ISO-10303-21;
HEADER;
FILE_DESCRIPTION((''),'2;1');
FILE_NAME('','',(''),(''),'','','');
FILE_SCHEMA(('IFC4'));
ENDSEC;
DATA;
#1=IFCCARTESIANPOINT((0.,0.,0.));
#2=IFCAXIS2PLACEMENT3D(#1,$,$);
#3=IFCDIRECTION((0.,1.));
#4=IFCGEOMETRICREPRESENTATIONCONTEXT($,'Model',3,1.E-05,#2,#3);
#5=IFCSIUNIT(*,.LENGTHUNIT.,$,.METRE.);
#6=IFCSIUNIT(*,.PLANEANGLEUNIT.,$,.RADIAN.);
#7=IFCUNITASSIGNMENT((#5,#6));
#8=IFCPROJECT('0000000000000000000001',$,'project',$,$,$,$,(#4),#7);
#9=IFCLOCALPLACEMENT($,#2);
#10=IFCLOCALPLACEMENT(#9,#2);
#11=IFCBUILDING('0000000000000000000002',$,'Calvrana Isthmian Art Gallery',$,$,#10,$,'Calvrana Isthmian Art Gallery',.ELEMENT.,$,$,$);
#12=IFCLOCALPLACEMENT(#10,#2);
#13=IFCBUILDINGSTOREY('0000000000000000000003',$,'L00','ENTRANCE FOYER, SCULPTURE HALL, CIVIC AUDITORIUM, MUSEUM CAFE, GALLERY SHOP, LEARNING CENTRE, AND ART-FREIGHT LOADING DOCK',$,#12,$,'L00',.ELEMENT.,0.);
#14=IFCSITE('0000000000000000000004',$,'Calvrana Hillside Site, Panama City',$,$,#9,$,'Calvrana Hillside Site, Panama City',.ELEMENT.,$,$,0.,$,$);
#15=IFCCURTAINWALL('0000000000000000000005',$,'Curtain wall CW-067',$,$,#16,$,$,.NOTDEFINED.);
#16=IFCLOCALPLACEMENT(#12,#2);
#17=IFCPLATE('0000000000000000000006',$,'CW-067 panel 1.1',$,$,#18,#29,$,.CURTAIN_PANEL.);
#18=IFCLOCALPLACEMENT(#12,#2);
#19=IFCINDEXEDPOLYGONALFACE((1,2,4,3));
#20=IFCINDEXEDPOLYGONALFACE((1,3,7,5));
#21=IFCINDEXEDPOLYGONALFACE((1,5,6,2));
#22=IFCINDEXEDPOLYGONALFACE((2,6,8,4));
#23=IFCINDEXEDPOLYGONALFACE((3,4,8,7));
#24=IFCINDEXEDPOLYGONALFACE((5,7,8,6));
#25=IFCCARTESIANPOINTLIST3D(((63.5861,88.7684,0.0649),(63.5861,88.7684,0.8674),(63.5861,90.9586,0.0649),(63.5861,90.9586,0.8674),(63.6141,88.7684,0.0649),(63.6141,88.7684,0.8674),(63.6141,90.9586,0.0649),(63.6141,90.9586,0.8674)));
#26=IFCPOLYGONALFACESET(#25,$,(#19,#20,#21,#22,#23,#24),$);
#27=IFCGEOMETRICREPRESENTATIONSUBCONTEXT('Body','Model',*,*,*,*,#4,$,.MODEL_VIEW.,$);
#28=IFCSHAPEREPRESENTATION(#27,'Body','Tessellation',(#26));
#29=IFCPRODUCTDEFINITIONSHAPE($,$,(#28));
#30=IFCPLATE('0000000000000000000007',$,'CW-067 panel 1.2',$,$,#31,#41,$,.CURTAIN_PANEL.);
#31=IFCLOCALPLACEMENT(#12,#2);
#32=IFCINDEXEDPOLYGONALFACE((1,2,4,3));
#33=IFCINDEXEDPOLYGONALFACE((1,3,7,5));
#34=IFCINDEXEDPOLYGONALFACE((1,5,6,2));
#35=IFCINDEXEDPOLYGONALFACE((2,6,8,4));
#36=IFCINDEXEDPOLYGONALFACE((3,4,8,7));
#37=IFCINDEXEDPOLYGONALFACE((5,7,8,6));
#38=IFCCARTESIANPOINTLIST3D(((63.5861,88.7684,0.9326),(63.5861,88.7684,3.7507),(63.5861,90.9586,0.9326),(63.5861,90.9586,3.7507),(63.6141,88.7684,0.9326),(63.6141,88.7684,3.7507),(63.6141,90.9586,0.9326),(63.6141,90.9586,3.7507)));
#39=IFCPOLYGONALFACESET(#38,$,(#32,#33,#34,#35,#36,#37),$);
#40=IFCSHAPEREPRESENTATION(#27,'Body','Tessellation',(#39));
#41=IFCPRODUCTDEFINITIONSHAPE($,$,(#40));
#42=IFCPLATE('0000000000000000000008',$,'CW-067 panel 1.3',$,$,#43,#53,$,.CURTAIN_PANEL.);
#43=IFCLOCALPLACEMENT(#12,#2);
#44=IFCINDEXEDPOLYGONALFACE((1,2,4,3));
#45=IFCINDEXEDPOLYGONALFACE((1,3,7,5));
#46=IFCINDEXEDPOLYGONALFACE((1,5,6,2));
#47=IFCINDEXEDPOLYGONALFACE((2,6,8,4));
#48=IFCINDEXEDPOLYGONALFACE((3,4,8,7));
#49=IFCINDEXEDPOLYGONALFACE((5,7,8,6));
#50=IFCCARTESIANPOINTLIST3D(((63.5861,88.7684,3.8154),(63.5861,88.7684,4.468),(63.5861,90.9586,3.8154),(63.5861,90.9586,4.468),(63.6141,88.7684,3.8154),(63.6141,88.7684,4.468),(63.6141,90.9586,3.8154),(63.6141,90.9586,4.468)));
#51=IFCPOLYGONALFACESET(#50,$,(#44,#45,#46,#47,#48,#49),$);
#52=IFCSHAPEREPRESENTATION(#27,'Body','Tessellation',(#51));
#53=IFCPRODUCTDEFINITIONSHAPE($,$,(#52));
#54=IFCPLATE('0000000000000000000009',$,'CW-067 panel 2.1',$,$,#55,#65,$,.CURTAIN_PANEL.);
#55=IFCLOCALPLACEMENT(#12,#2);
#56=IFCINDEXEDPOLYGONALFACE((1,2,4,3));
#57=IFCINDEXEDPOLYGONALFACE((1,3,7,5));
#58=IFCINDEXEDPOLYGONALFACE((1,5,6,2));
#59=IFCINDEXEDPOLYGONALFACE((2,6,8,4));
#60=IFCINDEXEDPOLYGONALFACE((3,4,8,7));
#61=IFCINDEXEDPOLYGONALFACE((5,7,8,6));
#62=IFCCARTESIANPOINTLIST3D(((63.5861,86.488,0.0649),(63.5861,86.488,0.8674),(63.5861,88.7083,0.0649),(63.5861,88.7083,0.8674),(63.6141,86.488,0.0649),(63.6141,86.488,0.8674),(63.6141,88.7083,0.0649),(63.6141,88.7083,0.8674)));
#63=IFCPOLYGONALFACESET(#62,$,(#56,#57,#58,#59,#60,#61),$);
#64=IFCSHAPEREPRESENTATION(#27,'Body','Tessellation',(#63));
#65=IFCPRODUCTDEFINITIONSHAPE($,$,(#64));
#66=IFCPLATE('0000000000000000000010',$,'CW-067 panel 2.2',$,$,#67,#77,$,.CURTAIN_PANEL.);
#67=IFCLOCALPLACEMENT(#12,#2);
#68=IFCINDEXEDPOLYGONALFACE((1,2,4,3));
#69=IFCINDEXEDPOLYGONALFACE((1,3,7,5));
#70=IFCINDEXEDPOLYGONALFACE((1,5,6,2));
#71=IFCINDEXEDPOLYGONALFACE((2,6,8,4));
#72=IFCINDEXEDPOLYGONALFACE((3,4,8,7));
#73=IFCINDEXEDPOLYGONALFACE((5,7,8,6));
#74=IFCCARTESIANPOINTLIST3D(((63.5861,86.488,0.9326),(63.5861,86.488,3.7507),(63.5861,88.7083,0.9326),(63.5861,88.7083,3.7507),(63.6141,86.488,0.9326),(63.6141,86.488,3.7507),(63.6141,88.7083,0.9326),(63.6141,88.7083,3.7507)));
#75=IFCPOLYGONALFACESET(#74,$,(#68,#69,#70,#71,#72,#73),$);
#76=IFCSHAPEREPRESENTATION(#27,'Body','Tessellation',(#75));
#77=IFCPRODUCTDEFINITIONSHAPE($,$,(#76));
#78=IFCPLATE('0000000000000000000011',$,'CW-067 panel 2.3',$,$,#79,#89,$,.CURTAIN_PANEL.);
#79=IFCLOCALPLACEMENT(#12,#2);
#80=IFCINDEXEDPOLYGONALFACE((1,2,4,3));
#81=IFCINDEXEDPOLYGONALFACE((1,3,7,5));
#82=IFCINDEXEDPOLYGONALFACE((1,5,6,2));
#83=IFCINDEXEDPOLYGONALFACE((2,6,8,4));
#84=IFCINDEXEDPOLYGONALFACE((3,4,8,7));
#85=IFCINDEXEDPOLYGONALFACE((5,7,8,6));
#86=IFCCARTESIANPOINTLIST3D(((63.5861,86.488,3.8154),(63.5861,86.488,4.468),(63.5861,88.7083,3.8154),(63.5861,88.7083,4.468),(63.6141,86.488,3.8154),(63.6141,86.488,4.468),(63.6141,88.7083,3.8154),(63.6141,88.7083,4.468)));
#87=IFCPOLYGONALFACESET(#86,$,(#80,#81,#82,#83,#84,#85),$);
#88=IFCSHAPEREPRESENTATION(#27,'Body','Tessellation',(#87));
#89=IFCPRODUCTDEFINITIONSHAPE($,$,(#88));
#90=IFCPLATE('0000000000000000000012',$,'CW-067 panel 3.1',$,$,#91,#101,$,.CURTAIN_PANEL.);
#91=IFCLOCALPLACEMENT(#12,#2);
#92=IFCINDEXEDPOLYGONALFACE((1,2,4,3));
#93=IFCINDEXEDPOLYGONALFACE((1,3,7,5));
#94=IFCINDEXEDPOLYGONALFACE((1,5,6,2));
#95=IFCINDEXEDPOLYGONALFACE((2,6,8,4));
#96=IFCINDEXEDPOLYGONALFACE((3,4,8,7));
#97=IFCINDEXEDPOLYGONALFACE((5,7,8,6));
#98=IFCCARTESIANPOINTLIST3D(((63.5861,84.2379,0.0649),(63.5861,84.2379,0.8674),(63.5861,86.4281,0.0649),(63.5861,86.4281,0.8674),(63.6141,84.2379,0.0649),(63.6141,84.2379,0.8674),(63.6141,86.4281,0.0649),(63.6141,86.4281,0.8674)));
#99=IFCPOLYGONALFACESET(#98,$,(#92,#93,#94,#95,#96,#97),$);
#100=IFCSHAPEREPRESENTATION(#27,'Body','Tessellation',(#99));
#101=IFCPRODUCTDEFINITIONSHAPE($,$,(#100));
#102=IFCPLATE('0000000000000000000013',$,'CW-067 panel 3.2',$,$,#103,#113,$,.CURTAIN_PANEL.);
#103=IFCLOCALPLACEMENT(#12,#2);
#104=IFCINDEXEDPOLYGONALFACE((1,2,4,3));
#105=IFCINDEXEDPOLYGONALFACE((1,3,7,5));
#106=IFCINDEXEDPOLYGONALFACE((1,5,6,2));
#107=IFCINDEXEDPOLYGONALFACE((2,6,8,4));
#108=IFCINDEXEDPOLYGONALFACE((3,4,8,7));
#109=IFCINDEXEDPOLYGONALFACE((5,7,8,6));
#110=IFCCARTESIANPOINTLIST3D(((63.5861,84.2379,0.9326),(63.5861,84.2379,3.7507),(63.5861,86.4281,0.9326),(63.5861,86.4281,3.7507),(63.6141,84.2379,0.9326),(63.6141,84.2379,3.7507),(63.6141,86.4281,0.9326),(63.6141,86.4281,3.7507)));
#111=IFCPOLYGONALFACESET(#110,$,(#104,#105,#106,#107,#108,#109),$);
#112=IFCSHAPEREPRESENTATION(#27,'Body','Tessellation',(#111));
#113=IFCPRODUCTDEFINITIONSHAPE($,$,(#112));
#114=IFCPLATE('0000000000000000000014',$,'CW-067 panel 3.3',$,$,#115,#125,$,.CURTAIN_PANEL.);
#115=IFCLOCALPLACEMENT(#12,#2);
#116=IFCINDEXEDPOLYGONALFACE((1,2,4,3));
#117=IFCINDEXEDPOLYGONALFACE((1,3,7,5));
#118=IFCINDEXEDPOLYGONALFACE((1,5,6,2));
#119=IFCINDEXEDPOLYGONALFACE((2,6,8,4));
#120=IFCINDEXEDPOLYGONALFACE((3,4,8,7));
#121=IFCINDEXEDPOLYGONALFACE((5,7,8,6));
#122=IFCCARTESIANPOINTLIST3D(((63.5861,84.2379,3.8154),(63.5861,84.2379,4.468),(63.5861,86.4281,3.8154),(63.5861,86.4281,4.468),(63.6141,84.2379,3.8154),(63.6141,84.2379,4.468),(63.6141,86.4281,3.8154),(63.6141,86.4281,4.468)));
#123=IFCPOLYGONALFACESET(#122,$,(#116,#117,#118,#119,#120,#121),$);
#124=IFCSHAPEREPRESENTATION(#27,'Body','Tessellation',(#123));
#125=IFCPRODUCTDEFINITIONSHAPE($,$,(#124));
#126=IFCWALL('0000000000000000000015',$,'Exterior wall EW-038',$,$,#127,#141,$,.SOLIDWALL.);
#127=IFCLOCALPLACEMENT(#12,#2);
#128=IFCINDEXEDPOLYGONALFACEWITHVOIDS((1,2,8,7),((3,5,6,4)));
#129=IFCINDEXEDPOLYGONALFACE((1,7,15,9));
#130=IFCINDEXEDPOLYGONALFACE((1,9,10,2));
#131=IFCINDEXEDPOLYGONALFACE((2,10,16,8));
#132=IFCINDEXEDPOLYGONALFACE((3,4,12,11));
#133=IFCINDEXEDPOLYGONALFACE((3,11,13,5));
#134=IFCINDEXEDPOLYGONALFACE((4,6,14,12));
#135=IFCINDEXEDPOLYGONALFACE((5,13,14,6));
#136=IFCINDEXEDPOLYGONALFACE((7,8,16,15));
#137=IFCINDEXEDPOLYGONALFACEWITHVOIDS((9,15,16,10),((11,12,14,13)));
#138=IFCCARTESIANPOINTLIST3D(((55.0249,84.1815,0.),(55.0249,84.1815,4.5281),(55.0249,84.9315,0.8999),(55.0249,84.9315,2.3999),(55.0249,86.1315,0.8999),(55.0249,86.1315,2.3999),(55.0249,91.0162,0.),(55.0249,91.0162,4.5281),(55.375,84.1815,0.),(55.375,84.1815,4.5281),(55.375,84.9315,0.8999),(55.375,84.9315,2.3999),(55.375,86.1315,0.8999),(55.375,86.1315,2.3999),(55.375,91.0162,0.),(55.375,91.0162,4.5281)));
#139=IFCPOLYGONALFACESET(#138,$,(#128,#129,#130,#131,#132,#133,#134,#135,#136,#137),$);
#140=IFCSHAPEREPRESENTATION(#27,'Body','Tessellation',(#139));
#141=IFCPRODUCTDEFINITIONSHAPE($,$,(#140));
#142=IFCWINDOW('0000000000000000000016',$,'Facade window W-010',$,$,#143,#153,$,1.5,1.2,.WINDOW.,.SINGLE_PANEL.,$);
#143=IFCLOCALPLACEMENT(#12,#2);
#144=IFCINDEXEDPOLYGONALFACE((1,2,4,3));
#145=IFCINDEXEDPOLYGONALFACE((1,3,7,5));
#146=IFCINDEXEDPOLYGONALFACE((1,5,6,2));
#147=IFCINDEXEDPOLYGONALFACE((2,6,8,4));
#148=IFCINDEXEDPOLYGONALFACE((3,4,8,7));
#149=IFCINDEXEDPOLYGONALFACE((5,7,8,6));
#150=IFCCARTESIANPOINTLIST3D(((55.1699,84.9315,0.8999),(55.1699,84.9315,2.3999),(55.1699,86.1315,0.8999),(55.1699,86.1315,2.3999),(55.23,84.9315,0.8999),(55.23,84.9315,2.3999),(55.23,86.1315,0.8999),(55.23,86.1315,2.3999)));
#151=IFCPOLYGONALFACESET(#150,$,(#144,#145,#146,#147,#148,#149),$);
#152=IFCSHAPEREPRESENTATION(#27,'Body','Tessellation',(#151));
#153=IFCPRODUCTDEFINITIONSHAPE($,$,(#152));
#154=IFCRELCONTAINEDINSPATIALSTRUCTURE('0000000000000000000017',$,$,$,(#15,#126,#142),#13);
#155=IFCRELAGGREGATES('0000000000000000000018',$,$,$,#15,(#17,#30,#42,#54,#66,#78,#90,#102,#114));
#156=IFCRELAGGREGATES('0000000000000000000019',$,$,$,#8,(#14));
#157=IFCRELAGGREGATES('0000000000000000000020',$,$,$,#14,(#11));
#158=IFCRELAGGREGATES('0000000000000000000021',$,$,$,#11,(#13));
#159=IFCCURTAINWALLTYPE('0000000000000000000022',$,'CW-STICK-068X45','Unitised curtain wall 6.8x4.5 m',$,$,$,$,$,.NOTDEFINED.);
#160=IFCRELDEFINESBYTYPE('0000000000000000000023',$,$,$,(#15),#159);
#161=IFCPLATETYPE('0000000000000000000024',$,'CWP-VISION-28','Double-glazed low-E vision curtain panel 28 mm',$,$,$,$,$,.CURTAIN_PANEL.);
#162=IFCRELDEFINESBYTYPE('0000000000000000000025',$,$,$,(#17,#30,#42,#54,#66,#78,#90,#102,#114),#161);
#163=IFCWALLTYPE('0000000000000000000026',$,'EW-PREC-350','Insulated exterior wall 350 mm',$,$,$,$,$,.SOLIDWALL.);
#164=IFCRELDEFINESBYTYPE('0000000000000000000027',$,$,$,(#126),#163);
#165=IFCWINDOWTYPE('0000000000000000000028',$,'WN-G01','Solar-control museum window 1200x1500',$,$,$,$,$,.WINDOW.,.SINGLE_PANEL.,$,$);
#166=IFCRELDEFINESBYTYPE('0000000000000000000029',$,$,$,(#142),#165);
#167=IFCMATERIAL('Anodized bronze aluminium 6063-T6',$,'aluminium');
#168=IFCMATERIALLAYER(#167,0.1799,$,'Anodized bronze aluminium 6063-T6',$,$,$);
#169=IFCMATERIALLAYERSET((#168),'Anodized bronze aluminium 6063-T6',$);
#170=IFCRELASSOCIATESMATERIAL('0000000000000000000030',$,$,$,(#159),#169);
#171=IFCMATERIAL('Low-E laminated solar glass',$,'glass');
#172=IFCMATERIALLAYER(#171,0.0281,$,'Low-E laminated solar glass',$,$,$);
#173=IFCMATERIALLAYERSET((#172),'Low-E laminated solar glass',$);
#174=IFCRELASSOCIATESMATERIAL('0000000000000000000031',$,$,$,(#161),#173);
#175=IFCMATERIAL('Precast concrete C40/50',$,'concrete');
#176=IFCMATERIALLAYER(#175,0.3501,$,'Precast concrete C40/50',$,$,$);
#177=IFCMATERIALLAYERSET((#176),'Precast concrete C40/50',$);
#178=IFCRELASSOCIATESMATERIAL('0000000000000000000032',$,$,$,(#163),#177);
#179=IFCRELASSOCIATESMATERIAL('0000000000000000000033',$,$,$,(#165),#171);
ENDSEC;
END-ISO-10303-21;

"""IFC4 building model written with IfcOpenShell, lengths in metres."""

from ifc_helpers import new_model, si_unit, direction, frame, frame_2d, origin, origin_2d, place, context, subcontext, project, spatial, rectangle, extrude, material, layer, layer_set, type_object, element, fill, aggregate, save


model = new_model("IFC4")

# Units and contexts
model_context = context("Model", 3, precision=1e-05, world=origin(), true_north=direction((0.0, 1.0)))
body_context = subcontext(model_context, "Body", "Model", "MODEL_VIEW")
ifc_project = project(units=[si_unit("LENGTHUNIT", "METRE"), si_unit("PLANEANGLEUNIT", "RADIAN")], contexts=[model_context])

# Site, building, storey
site_placement = place(None, origin())
site = spatial("IfcSite", under=ifc_project, at=site_placement, Name="Calvrana Hillside Site, Panama City", LongName="Calvrana Hillside Site, Panama City", CompositionType="ELEMENT", RefElevation=0.0)
building_placement = place(site_placement, origin())
building = spatial("IfcBuilding", under=site, at=building_placement, Name="Calvrana Isthmian Art Gallery", LongName="Calvrana Isthmian Art Gallery", CompositionType="ELEMENT")
storey_placement = place(building_placement, origin())
storey = spatial("IfcBuildingStorey", under=building, at=storey_placement, Name="L00", Description="ENTRANCE FOYER, SCULPTURE HALL, CIVIC AUDITORIUM, MUSEUM CAFE, GALLERY SHOP, LEARNING CENTRE, AND ART-FREIGHT LOADING DOCK", LongName="L00", CompositionType="ELEMENT", Elevation=0.0)

# Curtain wall, plates
ifc_material_1 = material(Name="Anodized bronze aluminium 6063-T6", Category="aluminium")
ifc_layer_1 = layer(ifc_material_1, 0.1799, Name="Anodized bronze aluminium 6063-T6")
ifc_layer_set_1 = layer_set([ifc_layer_1], Name="Anodized bronze aluminium 6063-T6")
curtain_wall_type = type_object("IfcCurtainWallType", Name="CW-STICK-068X45", Description="Unitised curtain wall 6.8x4.5 m", PredefinedType="NOTDEFINED", material=ifc_layer_set_1)
curtain_wall_placement = place(storey_placement, origin())
curtain_wall = element("IfcCurtainWall", 1, at=curtain_wall_placement, inside=storey, type_object=curtain_wall_type, Name="Curtain wall CW-067", PredefinedType="NOTDEFINED")
ifc_material_2 = material(Name="Low-E laminated solar glass", Category="glass")
ifc_layer_2 = layer(ifc_material_2, 0.0281, Name="Low-E laminated solar glass")
ifc_layer_set_2 = layer_set([ifc_layer_2], Name="Low-E laminated solar glass")
plate_type = type_object("IfcPlateType", Name="CWP-VISION-28", Description="Double-glazed low-E vision curtain panel 28 mm", PredefinedType="CURTAIN_PANEL", material=ifc_layer_set_2)
plate_1_placement = place(storey_placement, frame((63.6001, 89.8635, 0.0649), z_axis=(0.0, 0.0, 1.0), x_axis=(0.0, -1.0, 0.0)))
plate_1 = element("IfcPlate", 2, at=plate_1_placement, type_object=plate_type, Name="CW-067 panel 1.1", PredefinedType="CURTAIN_PANEL", context=body_context, shape_type="SweptSolid", body=[
    extrude(rectangle(XDim=2.1902, YDim=0.0281, at=origin_2d()), origin(), (0.0, 0.0, 1.0), 0.8025),
])
plate_2_placement = place(storey_placement, frame((63.6001, 89.8635, 0.9326), z_axis=(0.0, 0.0, 1.0), x_axis=(0.0, -1.0, 0.0)))
plate_2 = element("IfcPlate", 3, at=plate_2_placement, type_object=plate_type, Name="CW-067 panel 1.2", PredefinedType="CURTAIN_PANEL", context=body_context, shape_type="SweptSolid", body=[
    extrude(rectangle(XDim=2.1902, YDim=0.0281, at=origin_2d()), origin(), (0.0, 0.0, 1.0), 2.8181),
])
plate_3_placement = place(storey_placement, frame((63.6001, 89.8635, 3.8154), z_axis=(0.0, 0.0, 1.0), x_axis=(0.0, -1.0, 0.0)))
plate_3 = element("IfcPlate", 4, at=plate_3_placement, type_object=plate_type, Name="CW-067 panel 1.3", PredefinedType="CURTAIN_PANEL", context=body_context, shape_type="SweptSolid", body=[
    extrude(rectangle(XDim=2.1902, YDim=0.0281, at=origin_2d()), origin(), (0.0, 0.0, 1.0), 0.6526),
])
plate_4_placement = place(storey_placement, frame((63.6001, 87.5981, 0.0649), z_axis=(0.0, 0.0, 1.0), x_axis=(0.0, -1.0, 0.0)))
plate_4 = element("IfcPlate", 5, at=plate_4_placement, type_object=plate_type, Name="CW-067 panel 2.1", PredefinedType="CURTAIN_PANEL", context=body_context, shape_type="SweptSolid", body=[
    extrude(rectangle(XDim=2.2202, YDim=0.0281, at=origin_2d()), origin(), (0.0, 0.0, 1.0), 0.8025),
])
plate_5_placement = place(storey_placement, frame((63.6001, 87.5981, 0.9326), z_axis=(0.0, 0.0, 1.0), x_axis=(0.0, -1.0, 0.0)))
plate_5 = element("IfcPlate", 6, at=plate_5_placement, type_object=plate_type, Name="CW-067 panel 2.2", PredefinedType="CURTAIN_PANEL", context=body_context, shape_type="SweptSolid", body=[
    extrude(rectangle(XDim=2.2202, YDim=0.0281, at=origin_2d()), origin(), (0.0, 0.0, 1.0), 2.8181),
])
plate_6_placement = place(storey_placement, frame((63.6001, 87.5981, 3.8154), z_axis=(0.0, 0.0, 1.0), x_axis=(0.0, -1.0, 0.0)))
plate_6 = element("IfcPlate", 7, at=plate_6_placement, type_object=plate_type, Name="CW-067 panel 2.3", PredefinedType="CURTAIN_PANEL", context=body_context, shape_type="SweptSolid", body=[
    extrude(rectangle(XDim=2.2202, YDim=0.0281, at=origin_2d()), origin(), (0.0, 0.0, 1.0), 0.6526),
])
plate_7_placement = place(storey_placement, frame((63.6001, 85.333, 0.0649), z_axis=(0.0, 0.0, 1.0), x_axis=(0.0, -1.0, 0.0)))
plate_7 = element("IfcPlate", 8, at=plate_7_placement, type_object=plate_type, Name="CW-067 panel 3.1", PredefinedType="CURTAIN_PANEL", context=body_context, shape_type="SweptSolid", body=[
    extrude(rectangle(XDim=2.1902, YDim=0.0281, at=origin_2d()), origin(), (0.0, 0.0, 1.0), 0.8025),
])
plate_8_placement = place(storey_placement, frame((63.6001, 85.333, 0.9326), z_axis=(0.0, 0.0, 1.0), x_axis=(0.0, -1.0, 0.0)))
plate_8 = element("IfcPlate", 9, at=plate_8_placement, type_object=plate_type, Name="CW-067 panel 3.2", PredefinedType="CURTAIN_PANEL", context=body_context, shape_type="SweptSolid", body=[
    extrude(rectangle(XDim=2.1902, YDim=0.0281, at=origin_2d()), origin(), (0.0, 0.0, 1.0), 2.8181),
])
plate_9_placement = place(storey_placement, frame((63.6001, 85.333, 3.8154), z_axis=(0.0, 0.0, 1.0), x_axis=(0.0, -1.0, 0.0)))
plate_9 = element("IfcPlate", 10, at=plate_9_placement, type_object=plate_type, Name="CW-067 panel 3.3", PredefinedType="CURTAIN_PANEL", context=body_context, shape_type="SweptSolid", body=[
    extrude(rectangle(XDim=2.1902, YDim=0.0281, at=origin_2d()), origin(), (0.0, 0.0, 1.0), 0.6526),
])
aggregate(curtain_wall, [plate_1, plate_2, plate_3, plate_4, plate_5, plate_6, plate_7, plate_8, plate_9])

# Wall, opening, window
ifc_material_3 = material(Name="Precast concrete C40/50", Category="concrete")
ifc_layer_3 = layer(ifc_material_3, 0.3501, Name="Precast concrete C40/50")
ifc_layer_set_3 = layer_set([ifc_layer_3], Name="Precast concrete C40/50")
wall_type = type_object("IfcWallType", Name="EW-PREC-350", Description="Insulated exterior wall 350 mm", PredefinedType="SOLIDWALL", material=ifc_layer_set_3)
wall_placement = place(storey_placement, frame((55.2, 84.1814, 0.0), z_axis=(0.0, 0.0, 1.0), x_axis=(0.0, 1.0, 0.0)))
wall = element("IfcWall", 11, at=wall_placement, inside=storey, type_object=wall_type, Name="Exterior wall EW-038", PredefinedType="SOLIDWALL", context=body_context, shape_type="SweptSolid", body=[
    extrude(rectangle(XDim=6.8347, YDim=0.3501, at=frame_2d((3.4175, 0.0))), origin(), (0.0, 0.0, 1.0), 4.5281),
])
opening_placement = place(wall_placement, frame((0.75, 0.0, 0.8999)))
opening = element("IfcOpeningElement", 12, at=opening_placement, cuts=wall, PredefinedType="OPENING", context=body_context, shape_type="SweptSolid", body=[
    extrude(rectangle(XDim=1.2, YDim=1.5, at=frame_2d((0.6001, 0.75))), frame((0.0, 0.1853, 0.0), z_axis=(0.0, -1.0, 0.0), x_axis=(1.0, 0.0, 0.0)), (0.0, 0.0, 1.0), 0.3706),
])
window_type = type_object("IfcWindowType", Name="WN-G01", Description="Solar-control museum window 1200x1500", PartitioningType="SINGLE_PANEL", PredefinedType="WINDOW", material=ifc_material_2)
window_placement = place(opening_placement, origin())
window = element("IfcWindow", 13, at=window_placement, inside=storey, type_object=window_type, Name="Facade window W-010", OverallHeight=1.5, OverallWidth=1.2, PartitioningType="SINGLE_PANEL", PredefinedType="WINDOW", context=body_context, shape_type="SweptSolid", body=[
    extrude(rectangle(XDim=1.2, YDim=1.5, at=frame_2d((0.6001, 0.75))), frame((0.0, 0.03, 0.0), z_axis=(0.0, -1.0, 0.0), x_axis=(1.0, 0.0, 0.0)), (0.0, 0.0, 1.0), 0.0601),
])
fill(opening, window)

save(model, "model.ifc")
